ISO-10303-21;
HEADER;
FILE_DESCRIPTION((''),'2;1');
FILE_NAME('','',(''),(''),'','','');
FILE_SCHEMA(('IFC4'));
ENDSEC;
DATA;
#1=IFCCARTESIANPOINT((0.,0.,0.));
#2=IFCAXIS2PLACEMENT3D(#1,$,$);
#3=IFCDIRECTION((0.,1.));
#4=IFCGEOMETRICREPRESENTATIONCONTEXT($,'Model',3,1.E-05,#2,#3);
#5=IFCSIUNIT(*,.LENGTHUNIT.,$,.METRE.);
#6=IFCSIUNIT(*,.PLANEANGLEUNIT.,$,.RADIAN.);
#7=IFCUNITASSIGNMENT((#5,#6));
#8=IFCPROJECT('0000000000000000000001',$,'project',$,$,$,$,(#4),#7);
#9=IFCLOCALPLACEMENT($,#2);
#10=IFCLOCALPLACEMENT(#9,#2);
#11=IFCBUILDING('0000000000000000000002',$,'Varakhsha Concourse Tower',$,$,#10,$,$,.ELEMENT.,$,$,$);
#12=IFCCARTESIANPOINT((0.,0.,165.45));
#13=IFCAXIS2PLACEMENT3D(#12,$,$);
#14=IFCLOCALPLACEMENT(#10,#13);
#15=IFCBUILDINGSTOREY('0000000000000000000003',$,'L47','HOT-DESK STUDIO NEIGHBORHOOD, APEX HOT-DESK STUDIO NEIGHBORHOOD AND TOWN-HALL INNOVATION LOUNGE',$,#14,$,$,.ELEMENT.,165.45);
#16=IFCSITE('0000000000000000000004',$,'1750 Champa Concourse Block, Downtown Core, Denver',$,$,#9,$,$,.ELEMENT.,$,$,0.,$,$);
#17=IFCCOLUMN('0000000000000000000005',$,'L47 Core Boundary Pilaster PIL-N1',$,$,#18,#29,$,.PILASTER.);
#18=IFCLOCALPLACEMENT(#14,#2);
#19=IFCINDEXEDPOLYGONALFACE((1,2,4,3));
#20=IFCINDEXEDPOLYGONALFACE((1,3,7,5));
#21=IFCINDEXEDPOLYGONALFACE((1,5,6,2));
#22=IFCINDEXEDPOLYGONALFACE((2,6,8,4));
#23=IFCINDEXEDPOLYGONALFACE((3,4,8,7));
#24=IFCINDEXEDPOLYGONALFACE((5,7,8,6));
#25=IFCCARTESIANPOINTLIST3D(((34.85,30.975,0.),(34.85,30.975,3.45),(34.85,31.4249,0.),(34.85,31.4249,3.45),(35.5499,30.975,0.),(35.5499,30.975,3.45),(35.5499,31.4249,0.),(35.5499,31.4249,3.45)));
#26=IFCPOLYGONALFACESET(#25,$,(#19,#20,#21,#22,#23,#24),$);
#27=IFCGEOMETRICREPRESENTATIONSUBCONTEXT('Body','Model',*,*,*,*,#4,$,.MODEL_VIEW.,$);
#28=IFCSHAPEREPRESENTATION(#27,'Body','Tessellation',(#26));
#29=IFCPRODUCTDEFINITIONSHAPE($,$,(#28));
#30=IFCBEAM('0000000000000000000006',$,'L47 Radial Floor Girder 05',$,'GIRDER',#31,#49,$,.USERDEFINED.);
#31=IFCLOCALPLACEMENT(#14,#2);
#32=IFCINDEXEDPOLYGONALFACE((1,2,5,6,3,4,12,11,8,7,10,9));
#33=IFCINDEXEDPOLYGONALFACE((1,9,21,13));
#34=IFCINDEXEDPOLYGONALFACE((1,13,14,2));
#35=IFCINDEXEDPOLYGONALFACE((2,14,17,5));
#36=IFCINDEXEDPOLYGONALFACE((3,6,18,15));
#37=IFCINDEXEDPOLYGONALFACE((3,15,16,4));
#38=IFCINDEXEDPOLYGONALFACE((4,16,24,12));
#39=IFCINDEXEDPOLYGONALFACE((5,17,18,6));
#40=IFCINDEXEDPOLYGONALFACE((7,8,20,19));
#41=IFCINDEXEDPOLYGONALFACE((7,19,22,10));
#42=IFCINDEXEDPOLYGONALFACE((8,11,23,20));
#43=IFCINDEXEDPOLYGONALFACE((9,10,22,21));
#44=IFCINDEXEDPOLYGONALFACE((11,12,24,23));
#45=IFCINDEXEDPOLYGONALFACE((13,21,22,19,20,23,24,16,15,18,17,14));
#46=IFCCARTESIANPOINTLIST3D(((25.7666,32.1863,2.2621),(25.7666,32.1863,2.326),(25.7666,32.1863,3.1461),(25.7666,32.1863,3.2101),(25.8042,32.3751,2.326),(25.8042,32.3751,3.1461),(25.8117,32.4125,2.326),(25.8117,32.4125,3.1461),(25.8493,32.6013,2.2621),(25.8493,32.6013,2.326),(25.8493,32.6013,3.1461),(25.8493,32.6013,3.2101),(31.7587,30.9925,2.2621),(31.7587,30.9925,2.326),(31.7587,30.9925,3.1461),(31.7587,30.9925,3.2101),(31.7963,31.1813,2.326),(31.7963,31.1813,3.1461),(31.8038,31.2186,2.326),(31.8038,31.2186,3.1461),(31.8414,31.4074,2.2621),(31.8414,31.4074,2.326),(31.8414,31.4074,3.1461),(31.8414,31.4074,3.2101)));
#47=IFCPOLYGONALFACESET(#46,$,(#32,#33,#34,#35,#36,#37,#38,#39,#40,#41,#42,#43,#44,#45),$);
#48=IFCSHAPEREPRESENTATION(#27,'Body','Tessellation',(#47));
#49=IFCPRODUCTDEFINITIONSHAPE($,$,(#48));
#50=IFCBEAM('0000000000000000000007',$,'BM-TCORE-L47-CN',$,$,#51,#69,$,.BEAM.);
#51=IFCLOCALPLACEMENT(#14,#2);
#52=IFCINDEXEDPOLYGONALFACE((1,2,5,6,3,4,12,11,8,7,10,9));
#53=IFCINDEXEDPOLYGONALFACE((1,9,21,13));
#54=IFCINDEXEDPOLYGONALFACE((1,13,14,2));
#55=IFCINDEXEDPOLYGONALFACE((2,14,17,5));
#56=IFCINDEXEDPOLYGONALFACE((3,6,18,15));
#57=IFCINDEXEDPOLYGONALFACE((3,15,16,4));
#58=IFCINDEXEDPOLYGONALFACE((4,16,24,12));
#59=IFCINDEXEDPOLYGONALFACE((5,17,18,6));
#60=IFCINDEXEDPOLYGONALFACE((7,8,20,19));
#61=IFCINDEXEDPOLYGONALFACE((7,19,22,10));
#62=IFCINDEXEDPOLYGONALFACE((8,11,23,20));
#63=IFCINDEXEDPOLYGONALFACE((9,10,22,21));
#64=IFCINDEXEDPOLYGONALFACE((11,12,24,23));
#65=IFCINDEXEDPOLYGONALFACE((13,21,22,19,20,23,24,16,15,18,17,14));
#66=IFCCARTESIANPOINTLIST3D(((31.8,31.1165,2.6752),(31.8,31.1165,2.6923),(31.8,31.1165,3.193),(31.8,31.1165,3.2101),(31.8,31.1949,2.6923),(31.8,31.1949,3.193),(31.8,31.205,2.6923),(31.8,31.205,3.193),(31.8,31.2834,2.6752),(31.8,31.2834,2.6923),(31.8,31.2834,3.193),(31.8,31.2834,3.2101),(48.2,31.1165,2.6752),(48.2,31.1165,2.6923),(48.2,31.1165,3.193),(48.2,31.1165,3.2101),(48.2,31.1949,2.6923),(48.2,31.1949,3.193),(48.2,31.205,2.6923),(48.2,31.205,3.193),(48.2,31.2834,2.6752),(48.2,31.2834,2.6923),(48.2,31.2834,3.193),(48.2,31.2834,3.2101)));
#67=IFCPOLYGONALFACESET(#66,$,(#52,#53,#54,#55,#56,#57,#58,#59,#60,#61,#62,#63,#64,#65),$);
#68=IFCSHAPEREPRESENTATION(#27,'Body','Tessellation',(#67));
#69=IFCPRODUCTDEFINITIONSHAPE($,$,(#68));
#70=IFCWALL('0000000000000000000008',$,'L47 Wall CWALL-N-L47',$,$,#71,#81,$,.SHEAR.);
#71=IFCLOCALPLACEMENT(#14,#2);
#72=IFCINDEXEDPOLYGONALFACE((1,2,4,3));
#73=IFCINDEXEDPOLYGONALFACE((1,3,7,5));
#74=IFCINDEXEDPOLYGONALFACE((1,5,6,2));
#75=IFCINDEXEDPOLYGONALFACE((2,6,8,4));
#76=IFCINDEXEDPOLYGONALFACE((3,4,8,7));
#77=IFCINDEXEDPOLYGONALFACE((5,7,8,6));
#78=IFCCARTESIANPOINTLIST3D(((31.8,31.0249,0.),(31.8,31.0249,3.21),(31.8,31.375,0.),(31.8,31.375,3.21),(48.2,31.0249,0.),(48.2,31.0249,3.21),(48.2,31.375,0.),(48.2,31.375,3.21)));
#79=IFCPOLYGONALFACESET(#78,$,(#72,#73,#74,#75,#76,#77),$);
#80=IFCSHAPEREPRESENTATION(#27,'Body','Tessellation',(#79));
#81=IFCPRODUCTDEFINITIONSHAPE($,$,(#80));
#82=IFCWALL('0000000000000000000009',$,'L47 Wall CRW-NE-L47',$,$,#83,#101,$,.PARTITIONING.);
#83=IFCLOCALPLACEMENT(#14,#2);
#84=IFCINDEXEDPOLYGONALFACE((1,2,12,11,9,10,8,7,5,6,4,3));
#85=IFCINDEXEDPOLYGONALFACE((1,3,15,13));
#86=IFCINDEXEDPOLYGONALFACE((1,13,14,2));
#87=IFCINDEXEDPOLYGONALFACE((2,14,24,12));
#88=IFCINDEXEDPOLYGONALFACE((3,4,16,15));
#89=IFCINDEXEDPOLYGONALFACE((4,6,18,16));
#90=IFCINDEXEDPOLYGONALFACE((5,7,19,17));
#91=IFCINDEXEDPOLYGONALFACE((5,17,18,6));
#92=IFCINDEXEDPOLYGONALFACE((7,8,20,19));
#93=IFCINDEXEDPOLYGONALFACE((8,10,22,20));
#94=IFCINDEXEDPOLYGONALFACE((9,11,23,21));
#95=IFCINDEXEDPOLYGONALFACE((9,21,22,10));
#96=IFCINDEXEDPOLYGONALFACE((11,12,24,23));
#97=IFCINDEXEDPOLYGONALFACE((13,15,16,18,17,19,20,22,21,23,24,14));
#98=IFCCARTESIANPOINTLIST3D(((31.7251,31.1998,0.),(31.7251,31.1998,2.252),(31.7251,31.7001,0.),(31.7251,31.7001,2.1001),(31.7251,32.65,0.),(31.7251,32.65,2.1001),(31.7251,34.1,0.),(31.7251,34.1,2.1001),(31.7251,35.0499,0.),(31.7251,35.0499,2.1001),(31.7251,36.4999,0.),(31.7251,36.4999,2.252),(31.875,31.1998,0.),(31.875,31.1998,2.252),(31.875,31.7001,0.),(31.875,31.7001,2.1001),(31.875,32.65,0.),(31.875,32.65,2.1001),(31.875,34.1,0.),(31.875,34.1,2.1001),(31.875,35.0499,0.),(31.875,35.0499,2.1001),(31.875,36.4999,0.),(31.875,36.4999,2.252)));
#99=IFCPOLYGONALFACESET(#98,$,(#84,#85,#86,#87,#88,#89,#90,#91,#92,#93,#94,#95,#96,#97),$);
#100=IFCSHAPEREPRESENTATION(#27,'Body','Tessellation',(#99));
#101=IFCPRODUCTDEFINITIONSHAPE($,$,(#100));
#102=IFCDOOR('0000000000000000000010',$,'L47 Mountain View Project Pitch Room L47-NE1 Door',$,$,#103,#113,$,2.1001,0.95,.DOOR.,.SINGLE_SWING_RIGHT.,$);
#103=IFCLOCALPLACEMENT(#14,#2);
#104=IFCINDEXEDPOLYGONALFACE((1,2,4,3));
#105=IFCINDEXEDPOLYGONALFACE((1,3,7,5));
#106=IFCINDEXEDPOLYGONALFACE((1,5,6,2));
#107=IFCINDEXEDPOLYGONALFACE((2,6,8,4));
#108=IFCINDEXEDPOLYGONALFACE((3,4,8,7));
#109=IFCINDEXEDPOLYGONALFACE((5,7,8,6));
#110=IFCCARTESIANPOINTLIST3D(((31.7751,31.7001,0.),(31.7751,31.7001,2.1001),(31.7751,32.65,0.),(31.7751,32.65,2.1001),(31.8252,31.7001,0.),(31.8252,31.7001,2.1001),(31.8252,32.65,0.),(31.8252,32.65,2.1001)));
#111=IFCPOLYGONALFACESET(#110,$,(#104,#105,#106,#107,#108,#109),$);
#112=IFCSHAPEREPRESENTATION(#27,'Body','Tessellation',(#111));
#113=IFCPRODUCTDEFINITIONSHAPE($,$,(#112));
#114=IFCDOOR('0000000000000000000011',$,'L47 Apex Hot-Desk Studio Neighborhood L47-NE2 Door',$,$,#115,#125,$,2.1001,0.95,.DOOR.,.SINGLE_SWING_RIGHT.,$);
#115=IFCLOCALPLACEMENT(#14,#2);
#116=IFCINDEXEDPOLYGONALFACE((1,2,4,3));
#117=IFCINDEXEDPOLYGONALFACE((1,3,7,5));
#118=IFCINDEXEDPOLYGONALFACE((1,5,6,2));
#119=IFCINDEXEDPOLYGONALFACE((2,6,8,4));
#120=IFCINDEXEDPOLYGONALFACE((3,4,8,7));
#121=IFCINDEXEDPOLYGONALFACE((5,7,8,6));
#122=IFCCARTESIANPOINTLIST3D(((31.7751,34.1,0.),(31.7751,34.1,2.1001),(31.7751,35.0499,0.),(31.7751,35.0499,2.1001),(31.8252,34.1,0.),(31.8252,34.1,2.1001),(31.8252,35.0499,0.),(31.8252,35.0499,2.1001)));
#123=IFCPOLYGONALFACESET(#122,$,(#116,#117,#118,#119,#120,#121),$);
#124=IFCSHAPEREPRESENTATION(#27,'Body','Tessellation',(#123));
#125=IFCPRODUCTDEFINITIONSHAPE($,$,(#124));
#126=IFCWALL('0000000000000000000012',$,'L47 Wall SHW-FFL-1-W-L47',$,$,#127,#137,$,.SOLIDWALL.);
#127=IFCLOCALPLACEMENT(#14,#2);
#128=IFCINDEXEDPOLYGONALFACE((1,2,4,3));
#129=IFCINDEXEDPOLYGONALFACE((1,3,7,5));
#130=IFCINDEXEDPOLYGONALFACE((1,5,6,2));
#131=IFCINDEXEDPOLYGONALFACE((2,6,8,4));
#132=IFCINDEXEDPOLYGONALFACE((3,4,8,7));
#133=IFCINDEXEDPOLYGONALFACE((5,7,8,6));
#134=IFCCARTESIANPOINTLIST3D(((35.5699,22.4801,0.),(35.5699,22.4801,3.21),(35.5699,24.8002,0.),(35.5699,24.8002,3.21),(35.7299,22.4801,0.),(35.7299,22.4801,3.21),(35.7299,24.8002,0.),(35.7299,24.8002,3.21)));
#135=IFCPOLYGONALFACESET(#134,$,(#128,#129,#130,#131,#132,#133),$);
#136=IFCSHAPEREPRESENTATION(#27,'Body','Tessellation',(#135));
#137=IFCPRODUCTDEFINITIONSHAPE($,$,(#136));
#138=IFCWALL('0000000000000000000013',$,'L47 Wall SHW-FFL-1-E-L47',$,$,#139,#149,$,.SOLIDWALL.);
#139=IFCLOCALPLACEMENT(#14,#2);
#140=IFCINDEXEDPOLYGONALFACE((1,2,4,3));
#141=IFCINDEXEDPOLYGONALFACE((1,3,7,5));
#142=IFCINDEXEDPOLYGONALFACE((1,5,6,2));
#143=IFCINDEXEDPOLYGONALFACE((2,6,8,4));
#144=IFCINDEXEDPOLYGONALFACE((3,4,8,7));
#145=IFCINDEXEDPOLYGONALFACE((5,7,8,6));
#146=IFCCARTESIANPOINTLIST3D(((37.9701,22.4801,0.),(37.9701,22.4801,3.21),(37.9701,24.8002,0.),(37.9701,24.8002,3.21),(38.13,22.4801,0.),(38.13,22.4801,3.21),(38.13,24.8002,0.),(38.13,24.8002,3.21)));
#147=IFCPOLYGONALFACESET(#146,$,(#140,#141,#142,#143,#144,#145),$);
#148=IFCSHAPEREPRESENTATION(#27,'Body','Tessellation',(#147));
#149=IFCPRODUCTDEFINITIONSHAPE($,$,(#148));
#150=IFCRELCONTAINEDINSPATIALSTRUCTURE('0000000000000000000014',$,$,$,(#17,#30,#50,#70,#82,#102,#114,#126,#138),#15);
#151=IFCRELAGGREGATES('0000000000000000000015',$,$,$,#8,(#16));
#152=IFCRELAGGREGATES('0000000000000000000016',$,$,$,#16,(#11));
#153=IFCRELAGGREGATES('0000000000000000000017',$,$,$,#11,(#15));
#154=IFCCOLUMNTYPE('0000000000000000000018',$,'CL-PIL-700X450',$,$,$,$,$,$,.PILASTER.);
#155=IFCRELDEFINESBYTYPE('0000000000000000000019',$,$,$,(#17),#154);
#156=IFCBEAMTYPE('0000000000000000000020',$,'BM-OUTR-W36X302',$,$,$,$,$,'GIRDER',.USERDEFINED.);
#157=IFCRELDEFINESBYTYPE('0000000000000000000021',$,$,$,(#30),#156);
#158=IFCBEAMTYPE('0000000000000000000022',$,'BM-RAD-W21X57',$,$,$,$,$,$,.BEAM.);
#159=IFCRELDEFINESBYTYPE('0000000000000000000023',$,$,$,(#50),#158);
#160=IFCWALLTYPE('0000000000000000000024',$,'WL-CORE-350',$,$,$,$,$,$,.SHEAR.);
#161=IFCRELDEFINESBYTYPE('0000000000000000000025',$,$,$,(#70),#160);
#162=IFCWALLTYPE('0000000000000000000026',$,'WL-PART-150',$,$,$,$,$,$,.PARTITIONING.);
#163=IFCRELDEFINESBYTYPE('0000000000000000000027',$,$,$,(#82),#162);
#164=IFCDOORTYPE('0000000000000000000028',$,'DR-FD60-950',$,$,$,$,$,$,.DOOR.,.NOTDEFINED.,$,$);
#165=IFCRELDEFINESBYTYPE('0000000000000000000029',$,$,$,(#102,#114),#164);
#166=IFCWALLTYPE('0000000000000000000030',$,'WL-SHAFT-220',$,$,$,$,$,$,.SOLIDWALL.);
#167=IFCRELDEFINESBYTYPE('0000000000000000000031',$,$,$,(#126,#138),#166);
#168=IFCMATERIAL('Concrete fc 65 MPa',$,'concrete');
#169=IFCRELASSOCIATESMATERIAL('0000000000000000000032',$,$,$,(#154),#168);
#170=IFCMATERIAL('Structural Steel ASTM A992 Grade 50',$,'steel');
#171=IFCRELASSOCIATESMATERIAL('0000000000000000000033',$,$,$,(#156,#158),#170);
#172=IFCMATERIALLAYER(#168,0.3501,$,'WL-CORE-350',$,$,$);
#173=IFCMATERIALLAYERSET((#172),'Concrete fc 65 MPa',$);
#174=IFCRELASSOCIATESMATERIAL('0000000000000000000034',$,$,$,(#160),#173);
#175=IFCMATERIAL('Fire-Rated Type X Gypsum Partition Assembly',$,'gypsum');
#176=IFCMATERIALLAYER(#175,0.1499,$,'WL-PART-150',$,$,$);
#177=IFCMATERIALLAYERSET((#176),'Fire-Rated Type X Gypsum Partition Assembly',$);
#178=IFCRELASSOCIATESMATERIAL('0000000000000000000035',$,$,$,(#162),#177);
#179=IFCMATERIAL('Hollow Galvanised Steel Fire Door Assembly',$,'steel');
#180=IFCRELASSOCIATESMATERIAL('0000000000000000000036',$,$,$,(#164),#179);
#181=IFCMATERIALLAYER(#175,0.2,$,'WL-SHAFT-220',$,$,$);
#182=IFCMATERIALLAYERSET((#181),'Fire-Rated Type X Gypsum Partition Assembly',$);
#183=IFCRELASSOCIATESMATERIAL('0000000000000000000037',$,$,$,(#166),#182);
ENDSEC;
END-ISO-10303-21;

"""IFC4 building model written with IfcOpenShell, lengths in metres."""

from ifc_helpers import new_model, si_unit, direction, frame, frame_2d, origin, origin_2d, place, context, subcontext, project, spatial, rectangle, i_section, extrude, material, layer, layer_set, material_profile, profile_set, type_object, element, fill, save


model = new_model("IFC4")

# Units and contexts
model_context = context("Model", 3, precision=1e-05, world=origin(), true_north=direction((0.0, 1.0)))
body_context = subcontext(model_context, "Body", "Model", "MODEL_VIEW")
ifc_project = project(units=[si_unit("LENGTHUNIT", "METRE"), si_unit("PLANEANGLEUNIT", "RADIAN")], contexts=[model_context])

# Site, building, storey
site_placement = place(None, origin())
site = spatial("IfcSite", under=ifc_project, at=site_placement, Name="1750 Champa Concourse Block, Downtown Core, Denver", CompositionType="ELEMENT", RefElevation=0.0)
building_placement = place(site_placement, origin())
building = spatial("IfcBuilding", under=site, at=building_placement, Name="Varakhsha Concourse Tower", CompositionType="ELEMENT")
storey_placement = place(building_placement, frame((0.0, 0.0, 165.45)))
storey = spatial("IfcBuildingStorey", under=building, at=storey_placement, Name="L47", Description="HOT-DESK STUDIO NEIGHBORHOOD, APEX HOT-DESK STUDIO NEIGHBORHOOD AND TOWN-HALL INNOVATION LOUNGE", CompositionType="ELEMENT", Elevation=165.45)

# Column
ifc_material_1 = material(Name="Concrete fc 65 MPa", Category="concrete")
ifc_material_profile_1 = material_profile(ifc_material_1, rectangle(XDim=0.7, YDim=0.45, at=origin_2d()), Name="RC 700x450")
ifc_profile_set_1 = profile_set([ifc_material_profile_1], Name="Concrete fc 65 MPa")
column_type = type_object("IfcColumnType", Name="CL-PIL-700X450", PredefinedType="PILASTER", material=ifc_profile_set_1)
column_placement = place(storey_placement, frame((35.2, 31.2, 0.0), z_axis=(0.0, 0.0, 1.0), x_axis=(1.0, 0.0, 0.0)))
element("IfcColumn", 1, at=column_placement, inside=storey, type_object=column_type, Name="L47 Core Boundary Pilaster PIL-N1", PredefinedType="PILASTER", context=body_context, shape_type="SweptSolid", body=[
    extrude(rectangle(XDim=0.7, YDim=0.45, at=origin_2d()), origin(), (0.0, 0.0, 1.0), 3.45),
])

# Beams
ifc_material_2 = material(Name="Structural Steel ASTM A992 Grade 50", Category="steel")
ifc_material_profile_2 = material_profile(ifc_material_2, i_section(OverallWidth=0.4231, OverallDepth=0.948, WebThickness=0.0381, FlangeThickness=0.064, at=origin_2d()), Name="W36X302")
ifc_profile_set_2 = profile_set([ifc_material_profile_2], Name="Structural Steel ASTM A992 Grade 50")
beam_type_1 = type_object("IfcBeamType", Name="BM-OUTR-W36X302", ElementType="GIRDER", PredefinedType="USERDEFINED", material=ifc_profile_set_2)
beam_1_placement = place(storey_placement, frame((31.8, 31.2, 2.7361), z_axis=(-0.980725, 0.195394, 0.0), x_axis=(-0.195394, -0.980725, 0.0)))
element("IfcBeam", 2, at=beam_1_placement, inside=storey, type_object=beam_type_1, Name="L47 Radial Floor Girder 05", ObjectType="GIRDER", PredefinedType="USERDEFINED", context=body_context, shape_type="SweptSolid", body=[
    extrude(i_section(OverallWidth=0.4231, OverallDepth=0.948, WebThickness=0.0381, FlangeThickness=0.064, at=origin_2d()), origin(), (0.0, 0.0, 1.0), 6.1099),
])
ifc_material_profile_3 = material_profile(ifc_material_2, i_section(OverallWidth=0.167, OverallDepth=0.5349, WebThickness=0.01, FlangeThickness=0.0171, at=origin_2d()), Name="W21X57")
ifc_profile_set_3 = profile_set([ifc_material_profile_3], Name="Structural Steel ASTM A992 Grade 50")
beam_type_2 = type_object("IfcBeamType", Name="BM-RAD-W21X57", PredefinedType="BEAM", material=ifc_profile_set_3)
beam_2_placement = place(storey_placement, frame((31.8, 31.2, 2.9426), z_axis=(1.0, 0.0, 0.0), x_axis=(0.0, 1.0, 0.0)))
element("IfcBeam", 3, at=beam_2_placement, inside=storey, type_object=beam_type_2, Name="BM-TCORE-L47-CN", PredefinedType="BEAM", context=body_context, shape_type="SweptSolid", body=[
    extrude(i_section(OverallWidth=0.167, OverallDepth=0.5349, WebThickness=0.01, FlangeThickness=0.0171, at=origin_2d()), origin(), (0.0, 0.0, 1.0), 16.3999),
])

# Wall
ifc_layer_1 = layer(ifc_material_1, 0.3501, Name="WL-CORE-350")
ifc_layer_set_1 = layer_set([ifc_layer_1], Name="Concrete fc 65 MPa")
wall_type_1 = type_object("IfcWallType", Name="WL-CORE-350", PredefinedType="SHEAR", material=ifc_layer_set_1)
wall_1_placement = place(storey_placement, frame((31.8, 31.2, 0.0), z_axis=(0.0, 0.0, 1.0), x_axis=(1.0, 0.0, 0.0)))
element("IfcWall", 4, at=wall_1_placement, inside=storey, type_object=wall_type_1, Name="L47 Wall CWALL-N-L47", PredefinedType="SHEAR", context=body_context, shape_type="SweptSolid", body=[
    extrude(rectangle(XDim=16.3999, YDim=0.3501, at=frame_2d((8.2, 0.0))), origin(), (0.0, 0.0, 1.0), 3.21),
])

# Wall, openings, doors
ifc_material_3 = material(Name="Fire-Rated Type X Gypsum Partition Assembly", Category="gypsum")
ifc_layer_2 = layer(ifc_material_3, 0.1499, Name="WL-PART-150")
ifc_layer_set_2 = layer_set([ifc_layer_2], Name="Fire-Rated Type X Gypsum Partition Assembly")
wall_type_2 = type_object("IfcWallType", Name="WL-PART-150", PredefinedType="PARTITIONING", material=ifc_layer_set_2)
wall_2_placement = place(storey_placement, frame((31.8, 31.2, 0.0), z_axis=(0.0, 0.0, 1.0), x_axis=(0.0, 1.0, 0.0)))
wall_2 = element("IfcWall", 5, at=wall_2_placement, inside=storey, type_object=wall_type_2, Name="L47 Wall CRW-NE-L47", PredefinedType="PARTITIONING", context=body_context, shape_type="SweptSolid", body=[
    extrude(rectangle(XDim=5.3, YDim=0.1499, at=frame_2d((2.6499, 0.0))), origin(), (0.0, 0.0, 1.0), 2.252),
])
opening_1_placement = place(wall_2_placement, frame((0.5, 0.0, 0.0)))
opening_1 = element("IfcOpeningElement", 6, at=opening_1_placement, cuts=wall_2, PredefinedType="OPENING", context=body_context, shape_type="SweptSolid", body=[
    extrude(rectangle(XDim=0.95, YDim=2.1001, at=frame_2d((0.4751, 1.05))), frame((0.0, 0.085, 0.0), z_axis=(0.0, -1.0, 0.0), x_axis=(1.0, 0.0, 0.0)), (0.0, 0.0, 1.0), 0.1699),
])
opening_2_placement = place(wall_2_placement, frame((2.8999, 0.0, 0.0)))
opening_2 = element("IfcOpeningElement", 7, at=opening_2_placement, cuts=wall_2, PredefinedType="OPENING", context=body_context, shape_type="SweptSolid", body=[
    extrude(rectangle(XDim=0.95, YDim=2.1001, at=frame_2d((0.4751, 1.05))), frame((0.0, 0.085, 0.0), z_axis=(0.0, -1.0, 0.0), x_axis=(1.0, 0.0, 0.0)), (0.0, 0.0, 1.0), 0.1699),
])
ifc_material_4 = material(Name="Hollow Galvanised Steel Fire Door Assembly", Category="steel")
door_type_1 = type_object("IfcDoorType", Name="DR-FD60-950", OperationType="NOTDEFINED", PredefinedType="DOOR", material=ifc_material_4)
door_1_placement = place(opening_1_placement, origin())
door_1 = element("IfcDoor", 8, at=door_1_placement, inside=storey, type_object=door_type_1, Name="L47 Mountain View Project Pitch Room L47-NE1 Door", OperationType="SINGLE_SWING_RIGHT", OverallHeight=2.1001, OverallWidth=0.95, PredefinedType="DOOR", context=body_context, shape_type="SweptSolid", body=[
    extrude(rectangle(XDim=0.95, YDim=2.1001, at=frame_2d((0.4751, 1.05))), frame((0.0, 0.0249, 0.0), z_axis=(0.0, -1.0, 0.0), x_axis=(1.0, 0.0, 0.0)), (0.0, 0.0, 1.0), 0.05),
])
fill(opening_1, door_1)
door_2_placement = place(opening_2_placement, origin())
door_2 = element("IfcDoor", 9, at=door_2_placement, inside=storey, type_object=door_type_1, Name="L47 Apex Hot-Desk Studio Neighborhood L47-NE2 Door", OperationType="SINGLE_SWING_RIGHT", OverallHeight=2.1001, OverallWidth=0.95, PredefinedType="DOOR", context=body_context, shape_type="SweptSolid", body=[
    extrude(rectangle(XDim=0.95, YDim=2.1001, at=frame_2d((0.4751, 1.05))), frame((0.0, 0.0249, 0.0), z_axis=(0.0, -1.0, 0.0), x_axis=(1.0, 0.0, 0.0)), (0.0, 0.0, 1.0), 0.05),
])
fill(opening_2, door_2)
ifc_layer_3 = layer(ifc_material_3, 0.2, Name="WL-SHAFT-220")
ifc_layer_set_3 = layer_set([ifc_layer_3], Name="Fire-Rated Type X Gypsum Partition Assembly")
wall_type_3 = type_object("IfcWallType", Name="WL-SHAFT-220", PredefinedType="SOLIDWALL", material=ifc_layer_set_3)

# Walls
for number, where, z_axis, x_axis, name in (
    (10, (35.6499, 22.48, 0.0), (0.0, 0.0, 1.0), (0.0, 1.0, 0.0), "L47 Wall SHW-FFL-1-W-L47"),
    (11, (38.05, 22.48, 0.0), (0.0, 0.0, 1.0), (0.0, 1.0, 0.0), "L47 Wall SHW-FFL-1-E-L47"),
):
    element("IfcWall", number, at=place(storey_placement, frame(where, z_axis=z_axis, x_axis=x_axis)), inside=storey, type_object=wall_type_3, Name=name, PredefinedType="SOLIDWALL", context=body_context, shape_type="SweptSolid", body=[
        extrude(rectangle(XDim=2.3201, YDim=0.1599, at=frame_2d((1.1602, 0.0))), origin(), (0.0, 0.0, 1.0), 3.21),
    ])

save(model, "model.ifc")
